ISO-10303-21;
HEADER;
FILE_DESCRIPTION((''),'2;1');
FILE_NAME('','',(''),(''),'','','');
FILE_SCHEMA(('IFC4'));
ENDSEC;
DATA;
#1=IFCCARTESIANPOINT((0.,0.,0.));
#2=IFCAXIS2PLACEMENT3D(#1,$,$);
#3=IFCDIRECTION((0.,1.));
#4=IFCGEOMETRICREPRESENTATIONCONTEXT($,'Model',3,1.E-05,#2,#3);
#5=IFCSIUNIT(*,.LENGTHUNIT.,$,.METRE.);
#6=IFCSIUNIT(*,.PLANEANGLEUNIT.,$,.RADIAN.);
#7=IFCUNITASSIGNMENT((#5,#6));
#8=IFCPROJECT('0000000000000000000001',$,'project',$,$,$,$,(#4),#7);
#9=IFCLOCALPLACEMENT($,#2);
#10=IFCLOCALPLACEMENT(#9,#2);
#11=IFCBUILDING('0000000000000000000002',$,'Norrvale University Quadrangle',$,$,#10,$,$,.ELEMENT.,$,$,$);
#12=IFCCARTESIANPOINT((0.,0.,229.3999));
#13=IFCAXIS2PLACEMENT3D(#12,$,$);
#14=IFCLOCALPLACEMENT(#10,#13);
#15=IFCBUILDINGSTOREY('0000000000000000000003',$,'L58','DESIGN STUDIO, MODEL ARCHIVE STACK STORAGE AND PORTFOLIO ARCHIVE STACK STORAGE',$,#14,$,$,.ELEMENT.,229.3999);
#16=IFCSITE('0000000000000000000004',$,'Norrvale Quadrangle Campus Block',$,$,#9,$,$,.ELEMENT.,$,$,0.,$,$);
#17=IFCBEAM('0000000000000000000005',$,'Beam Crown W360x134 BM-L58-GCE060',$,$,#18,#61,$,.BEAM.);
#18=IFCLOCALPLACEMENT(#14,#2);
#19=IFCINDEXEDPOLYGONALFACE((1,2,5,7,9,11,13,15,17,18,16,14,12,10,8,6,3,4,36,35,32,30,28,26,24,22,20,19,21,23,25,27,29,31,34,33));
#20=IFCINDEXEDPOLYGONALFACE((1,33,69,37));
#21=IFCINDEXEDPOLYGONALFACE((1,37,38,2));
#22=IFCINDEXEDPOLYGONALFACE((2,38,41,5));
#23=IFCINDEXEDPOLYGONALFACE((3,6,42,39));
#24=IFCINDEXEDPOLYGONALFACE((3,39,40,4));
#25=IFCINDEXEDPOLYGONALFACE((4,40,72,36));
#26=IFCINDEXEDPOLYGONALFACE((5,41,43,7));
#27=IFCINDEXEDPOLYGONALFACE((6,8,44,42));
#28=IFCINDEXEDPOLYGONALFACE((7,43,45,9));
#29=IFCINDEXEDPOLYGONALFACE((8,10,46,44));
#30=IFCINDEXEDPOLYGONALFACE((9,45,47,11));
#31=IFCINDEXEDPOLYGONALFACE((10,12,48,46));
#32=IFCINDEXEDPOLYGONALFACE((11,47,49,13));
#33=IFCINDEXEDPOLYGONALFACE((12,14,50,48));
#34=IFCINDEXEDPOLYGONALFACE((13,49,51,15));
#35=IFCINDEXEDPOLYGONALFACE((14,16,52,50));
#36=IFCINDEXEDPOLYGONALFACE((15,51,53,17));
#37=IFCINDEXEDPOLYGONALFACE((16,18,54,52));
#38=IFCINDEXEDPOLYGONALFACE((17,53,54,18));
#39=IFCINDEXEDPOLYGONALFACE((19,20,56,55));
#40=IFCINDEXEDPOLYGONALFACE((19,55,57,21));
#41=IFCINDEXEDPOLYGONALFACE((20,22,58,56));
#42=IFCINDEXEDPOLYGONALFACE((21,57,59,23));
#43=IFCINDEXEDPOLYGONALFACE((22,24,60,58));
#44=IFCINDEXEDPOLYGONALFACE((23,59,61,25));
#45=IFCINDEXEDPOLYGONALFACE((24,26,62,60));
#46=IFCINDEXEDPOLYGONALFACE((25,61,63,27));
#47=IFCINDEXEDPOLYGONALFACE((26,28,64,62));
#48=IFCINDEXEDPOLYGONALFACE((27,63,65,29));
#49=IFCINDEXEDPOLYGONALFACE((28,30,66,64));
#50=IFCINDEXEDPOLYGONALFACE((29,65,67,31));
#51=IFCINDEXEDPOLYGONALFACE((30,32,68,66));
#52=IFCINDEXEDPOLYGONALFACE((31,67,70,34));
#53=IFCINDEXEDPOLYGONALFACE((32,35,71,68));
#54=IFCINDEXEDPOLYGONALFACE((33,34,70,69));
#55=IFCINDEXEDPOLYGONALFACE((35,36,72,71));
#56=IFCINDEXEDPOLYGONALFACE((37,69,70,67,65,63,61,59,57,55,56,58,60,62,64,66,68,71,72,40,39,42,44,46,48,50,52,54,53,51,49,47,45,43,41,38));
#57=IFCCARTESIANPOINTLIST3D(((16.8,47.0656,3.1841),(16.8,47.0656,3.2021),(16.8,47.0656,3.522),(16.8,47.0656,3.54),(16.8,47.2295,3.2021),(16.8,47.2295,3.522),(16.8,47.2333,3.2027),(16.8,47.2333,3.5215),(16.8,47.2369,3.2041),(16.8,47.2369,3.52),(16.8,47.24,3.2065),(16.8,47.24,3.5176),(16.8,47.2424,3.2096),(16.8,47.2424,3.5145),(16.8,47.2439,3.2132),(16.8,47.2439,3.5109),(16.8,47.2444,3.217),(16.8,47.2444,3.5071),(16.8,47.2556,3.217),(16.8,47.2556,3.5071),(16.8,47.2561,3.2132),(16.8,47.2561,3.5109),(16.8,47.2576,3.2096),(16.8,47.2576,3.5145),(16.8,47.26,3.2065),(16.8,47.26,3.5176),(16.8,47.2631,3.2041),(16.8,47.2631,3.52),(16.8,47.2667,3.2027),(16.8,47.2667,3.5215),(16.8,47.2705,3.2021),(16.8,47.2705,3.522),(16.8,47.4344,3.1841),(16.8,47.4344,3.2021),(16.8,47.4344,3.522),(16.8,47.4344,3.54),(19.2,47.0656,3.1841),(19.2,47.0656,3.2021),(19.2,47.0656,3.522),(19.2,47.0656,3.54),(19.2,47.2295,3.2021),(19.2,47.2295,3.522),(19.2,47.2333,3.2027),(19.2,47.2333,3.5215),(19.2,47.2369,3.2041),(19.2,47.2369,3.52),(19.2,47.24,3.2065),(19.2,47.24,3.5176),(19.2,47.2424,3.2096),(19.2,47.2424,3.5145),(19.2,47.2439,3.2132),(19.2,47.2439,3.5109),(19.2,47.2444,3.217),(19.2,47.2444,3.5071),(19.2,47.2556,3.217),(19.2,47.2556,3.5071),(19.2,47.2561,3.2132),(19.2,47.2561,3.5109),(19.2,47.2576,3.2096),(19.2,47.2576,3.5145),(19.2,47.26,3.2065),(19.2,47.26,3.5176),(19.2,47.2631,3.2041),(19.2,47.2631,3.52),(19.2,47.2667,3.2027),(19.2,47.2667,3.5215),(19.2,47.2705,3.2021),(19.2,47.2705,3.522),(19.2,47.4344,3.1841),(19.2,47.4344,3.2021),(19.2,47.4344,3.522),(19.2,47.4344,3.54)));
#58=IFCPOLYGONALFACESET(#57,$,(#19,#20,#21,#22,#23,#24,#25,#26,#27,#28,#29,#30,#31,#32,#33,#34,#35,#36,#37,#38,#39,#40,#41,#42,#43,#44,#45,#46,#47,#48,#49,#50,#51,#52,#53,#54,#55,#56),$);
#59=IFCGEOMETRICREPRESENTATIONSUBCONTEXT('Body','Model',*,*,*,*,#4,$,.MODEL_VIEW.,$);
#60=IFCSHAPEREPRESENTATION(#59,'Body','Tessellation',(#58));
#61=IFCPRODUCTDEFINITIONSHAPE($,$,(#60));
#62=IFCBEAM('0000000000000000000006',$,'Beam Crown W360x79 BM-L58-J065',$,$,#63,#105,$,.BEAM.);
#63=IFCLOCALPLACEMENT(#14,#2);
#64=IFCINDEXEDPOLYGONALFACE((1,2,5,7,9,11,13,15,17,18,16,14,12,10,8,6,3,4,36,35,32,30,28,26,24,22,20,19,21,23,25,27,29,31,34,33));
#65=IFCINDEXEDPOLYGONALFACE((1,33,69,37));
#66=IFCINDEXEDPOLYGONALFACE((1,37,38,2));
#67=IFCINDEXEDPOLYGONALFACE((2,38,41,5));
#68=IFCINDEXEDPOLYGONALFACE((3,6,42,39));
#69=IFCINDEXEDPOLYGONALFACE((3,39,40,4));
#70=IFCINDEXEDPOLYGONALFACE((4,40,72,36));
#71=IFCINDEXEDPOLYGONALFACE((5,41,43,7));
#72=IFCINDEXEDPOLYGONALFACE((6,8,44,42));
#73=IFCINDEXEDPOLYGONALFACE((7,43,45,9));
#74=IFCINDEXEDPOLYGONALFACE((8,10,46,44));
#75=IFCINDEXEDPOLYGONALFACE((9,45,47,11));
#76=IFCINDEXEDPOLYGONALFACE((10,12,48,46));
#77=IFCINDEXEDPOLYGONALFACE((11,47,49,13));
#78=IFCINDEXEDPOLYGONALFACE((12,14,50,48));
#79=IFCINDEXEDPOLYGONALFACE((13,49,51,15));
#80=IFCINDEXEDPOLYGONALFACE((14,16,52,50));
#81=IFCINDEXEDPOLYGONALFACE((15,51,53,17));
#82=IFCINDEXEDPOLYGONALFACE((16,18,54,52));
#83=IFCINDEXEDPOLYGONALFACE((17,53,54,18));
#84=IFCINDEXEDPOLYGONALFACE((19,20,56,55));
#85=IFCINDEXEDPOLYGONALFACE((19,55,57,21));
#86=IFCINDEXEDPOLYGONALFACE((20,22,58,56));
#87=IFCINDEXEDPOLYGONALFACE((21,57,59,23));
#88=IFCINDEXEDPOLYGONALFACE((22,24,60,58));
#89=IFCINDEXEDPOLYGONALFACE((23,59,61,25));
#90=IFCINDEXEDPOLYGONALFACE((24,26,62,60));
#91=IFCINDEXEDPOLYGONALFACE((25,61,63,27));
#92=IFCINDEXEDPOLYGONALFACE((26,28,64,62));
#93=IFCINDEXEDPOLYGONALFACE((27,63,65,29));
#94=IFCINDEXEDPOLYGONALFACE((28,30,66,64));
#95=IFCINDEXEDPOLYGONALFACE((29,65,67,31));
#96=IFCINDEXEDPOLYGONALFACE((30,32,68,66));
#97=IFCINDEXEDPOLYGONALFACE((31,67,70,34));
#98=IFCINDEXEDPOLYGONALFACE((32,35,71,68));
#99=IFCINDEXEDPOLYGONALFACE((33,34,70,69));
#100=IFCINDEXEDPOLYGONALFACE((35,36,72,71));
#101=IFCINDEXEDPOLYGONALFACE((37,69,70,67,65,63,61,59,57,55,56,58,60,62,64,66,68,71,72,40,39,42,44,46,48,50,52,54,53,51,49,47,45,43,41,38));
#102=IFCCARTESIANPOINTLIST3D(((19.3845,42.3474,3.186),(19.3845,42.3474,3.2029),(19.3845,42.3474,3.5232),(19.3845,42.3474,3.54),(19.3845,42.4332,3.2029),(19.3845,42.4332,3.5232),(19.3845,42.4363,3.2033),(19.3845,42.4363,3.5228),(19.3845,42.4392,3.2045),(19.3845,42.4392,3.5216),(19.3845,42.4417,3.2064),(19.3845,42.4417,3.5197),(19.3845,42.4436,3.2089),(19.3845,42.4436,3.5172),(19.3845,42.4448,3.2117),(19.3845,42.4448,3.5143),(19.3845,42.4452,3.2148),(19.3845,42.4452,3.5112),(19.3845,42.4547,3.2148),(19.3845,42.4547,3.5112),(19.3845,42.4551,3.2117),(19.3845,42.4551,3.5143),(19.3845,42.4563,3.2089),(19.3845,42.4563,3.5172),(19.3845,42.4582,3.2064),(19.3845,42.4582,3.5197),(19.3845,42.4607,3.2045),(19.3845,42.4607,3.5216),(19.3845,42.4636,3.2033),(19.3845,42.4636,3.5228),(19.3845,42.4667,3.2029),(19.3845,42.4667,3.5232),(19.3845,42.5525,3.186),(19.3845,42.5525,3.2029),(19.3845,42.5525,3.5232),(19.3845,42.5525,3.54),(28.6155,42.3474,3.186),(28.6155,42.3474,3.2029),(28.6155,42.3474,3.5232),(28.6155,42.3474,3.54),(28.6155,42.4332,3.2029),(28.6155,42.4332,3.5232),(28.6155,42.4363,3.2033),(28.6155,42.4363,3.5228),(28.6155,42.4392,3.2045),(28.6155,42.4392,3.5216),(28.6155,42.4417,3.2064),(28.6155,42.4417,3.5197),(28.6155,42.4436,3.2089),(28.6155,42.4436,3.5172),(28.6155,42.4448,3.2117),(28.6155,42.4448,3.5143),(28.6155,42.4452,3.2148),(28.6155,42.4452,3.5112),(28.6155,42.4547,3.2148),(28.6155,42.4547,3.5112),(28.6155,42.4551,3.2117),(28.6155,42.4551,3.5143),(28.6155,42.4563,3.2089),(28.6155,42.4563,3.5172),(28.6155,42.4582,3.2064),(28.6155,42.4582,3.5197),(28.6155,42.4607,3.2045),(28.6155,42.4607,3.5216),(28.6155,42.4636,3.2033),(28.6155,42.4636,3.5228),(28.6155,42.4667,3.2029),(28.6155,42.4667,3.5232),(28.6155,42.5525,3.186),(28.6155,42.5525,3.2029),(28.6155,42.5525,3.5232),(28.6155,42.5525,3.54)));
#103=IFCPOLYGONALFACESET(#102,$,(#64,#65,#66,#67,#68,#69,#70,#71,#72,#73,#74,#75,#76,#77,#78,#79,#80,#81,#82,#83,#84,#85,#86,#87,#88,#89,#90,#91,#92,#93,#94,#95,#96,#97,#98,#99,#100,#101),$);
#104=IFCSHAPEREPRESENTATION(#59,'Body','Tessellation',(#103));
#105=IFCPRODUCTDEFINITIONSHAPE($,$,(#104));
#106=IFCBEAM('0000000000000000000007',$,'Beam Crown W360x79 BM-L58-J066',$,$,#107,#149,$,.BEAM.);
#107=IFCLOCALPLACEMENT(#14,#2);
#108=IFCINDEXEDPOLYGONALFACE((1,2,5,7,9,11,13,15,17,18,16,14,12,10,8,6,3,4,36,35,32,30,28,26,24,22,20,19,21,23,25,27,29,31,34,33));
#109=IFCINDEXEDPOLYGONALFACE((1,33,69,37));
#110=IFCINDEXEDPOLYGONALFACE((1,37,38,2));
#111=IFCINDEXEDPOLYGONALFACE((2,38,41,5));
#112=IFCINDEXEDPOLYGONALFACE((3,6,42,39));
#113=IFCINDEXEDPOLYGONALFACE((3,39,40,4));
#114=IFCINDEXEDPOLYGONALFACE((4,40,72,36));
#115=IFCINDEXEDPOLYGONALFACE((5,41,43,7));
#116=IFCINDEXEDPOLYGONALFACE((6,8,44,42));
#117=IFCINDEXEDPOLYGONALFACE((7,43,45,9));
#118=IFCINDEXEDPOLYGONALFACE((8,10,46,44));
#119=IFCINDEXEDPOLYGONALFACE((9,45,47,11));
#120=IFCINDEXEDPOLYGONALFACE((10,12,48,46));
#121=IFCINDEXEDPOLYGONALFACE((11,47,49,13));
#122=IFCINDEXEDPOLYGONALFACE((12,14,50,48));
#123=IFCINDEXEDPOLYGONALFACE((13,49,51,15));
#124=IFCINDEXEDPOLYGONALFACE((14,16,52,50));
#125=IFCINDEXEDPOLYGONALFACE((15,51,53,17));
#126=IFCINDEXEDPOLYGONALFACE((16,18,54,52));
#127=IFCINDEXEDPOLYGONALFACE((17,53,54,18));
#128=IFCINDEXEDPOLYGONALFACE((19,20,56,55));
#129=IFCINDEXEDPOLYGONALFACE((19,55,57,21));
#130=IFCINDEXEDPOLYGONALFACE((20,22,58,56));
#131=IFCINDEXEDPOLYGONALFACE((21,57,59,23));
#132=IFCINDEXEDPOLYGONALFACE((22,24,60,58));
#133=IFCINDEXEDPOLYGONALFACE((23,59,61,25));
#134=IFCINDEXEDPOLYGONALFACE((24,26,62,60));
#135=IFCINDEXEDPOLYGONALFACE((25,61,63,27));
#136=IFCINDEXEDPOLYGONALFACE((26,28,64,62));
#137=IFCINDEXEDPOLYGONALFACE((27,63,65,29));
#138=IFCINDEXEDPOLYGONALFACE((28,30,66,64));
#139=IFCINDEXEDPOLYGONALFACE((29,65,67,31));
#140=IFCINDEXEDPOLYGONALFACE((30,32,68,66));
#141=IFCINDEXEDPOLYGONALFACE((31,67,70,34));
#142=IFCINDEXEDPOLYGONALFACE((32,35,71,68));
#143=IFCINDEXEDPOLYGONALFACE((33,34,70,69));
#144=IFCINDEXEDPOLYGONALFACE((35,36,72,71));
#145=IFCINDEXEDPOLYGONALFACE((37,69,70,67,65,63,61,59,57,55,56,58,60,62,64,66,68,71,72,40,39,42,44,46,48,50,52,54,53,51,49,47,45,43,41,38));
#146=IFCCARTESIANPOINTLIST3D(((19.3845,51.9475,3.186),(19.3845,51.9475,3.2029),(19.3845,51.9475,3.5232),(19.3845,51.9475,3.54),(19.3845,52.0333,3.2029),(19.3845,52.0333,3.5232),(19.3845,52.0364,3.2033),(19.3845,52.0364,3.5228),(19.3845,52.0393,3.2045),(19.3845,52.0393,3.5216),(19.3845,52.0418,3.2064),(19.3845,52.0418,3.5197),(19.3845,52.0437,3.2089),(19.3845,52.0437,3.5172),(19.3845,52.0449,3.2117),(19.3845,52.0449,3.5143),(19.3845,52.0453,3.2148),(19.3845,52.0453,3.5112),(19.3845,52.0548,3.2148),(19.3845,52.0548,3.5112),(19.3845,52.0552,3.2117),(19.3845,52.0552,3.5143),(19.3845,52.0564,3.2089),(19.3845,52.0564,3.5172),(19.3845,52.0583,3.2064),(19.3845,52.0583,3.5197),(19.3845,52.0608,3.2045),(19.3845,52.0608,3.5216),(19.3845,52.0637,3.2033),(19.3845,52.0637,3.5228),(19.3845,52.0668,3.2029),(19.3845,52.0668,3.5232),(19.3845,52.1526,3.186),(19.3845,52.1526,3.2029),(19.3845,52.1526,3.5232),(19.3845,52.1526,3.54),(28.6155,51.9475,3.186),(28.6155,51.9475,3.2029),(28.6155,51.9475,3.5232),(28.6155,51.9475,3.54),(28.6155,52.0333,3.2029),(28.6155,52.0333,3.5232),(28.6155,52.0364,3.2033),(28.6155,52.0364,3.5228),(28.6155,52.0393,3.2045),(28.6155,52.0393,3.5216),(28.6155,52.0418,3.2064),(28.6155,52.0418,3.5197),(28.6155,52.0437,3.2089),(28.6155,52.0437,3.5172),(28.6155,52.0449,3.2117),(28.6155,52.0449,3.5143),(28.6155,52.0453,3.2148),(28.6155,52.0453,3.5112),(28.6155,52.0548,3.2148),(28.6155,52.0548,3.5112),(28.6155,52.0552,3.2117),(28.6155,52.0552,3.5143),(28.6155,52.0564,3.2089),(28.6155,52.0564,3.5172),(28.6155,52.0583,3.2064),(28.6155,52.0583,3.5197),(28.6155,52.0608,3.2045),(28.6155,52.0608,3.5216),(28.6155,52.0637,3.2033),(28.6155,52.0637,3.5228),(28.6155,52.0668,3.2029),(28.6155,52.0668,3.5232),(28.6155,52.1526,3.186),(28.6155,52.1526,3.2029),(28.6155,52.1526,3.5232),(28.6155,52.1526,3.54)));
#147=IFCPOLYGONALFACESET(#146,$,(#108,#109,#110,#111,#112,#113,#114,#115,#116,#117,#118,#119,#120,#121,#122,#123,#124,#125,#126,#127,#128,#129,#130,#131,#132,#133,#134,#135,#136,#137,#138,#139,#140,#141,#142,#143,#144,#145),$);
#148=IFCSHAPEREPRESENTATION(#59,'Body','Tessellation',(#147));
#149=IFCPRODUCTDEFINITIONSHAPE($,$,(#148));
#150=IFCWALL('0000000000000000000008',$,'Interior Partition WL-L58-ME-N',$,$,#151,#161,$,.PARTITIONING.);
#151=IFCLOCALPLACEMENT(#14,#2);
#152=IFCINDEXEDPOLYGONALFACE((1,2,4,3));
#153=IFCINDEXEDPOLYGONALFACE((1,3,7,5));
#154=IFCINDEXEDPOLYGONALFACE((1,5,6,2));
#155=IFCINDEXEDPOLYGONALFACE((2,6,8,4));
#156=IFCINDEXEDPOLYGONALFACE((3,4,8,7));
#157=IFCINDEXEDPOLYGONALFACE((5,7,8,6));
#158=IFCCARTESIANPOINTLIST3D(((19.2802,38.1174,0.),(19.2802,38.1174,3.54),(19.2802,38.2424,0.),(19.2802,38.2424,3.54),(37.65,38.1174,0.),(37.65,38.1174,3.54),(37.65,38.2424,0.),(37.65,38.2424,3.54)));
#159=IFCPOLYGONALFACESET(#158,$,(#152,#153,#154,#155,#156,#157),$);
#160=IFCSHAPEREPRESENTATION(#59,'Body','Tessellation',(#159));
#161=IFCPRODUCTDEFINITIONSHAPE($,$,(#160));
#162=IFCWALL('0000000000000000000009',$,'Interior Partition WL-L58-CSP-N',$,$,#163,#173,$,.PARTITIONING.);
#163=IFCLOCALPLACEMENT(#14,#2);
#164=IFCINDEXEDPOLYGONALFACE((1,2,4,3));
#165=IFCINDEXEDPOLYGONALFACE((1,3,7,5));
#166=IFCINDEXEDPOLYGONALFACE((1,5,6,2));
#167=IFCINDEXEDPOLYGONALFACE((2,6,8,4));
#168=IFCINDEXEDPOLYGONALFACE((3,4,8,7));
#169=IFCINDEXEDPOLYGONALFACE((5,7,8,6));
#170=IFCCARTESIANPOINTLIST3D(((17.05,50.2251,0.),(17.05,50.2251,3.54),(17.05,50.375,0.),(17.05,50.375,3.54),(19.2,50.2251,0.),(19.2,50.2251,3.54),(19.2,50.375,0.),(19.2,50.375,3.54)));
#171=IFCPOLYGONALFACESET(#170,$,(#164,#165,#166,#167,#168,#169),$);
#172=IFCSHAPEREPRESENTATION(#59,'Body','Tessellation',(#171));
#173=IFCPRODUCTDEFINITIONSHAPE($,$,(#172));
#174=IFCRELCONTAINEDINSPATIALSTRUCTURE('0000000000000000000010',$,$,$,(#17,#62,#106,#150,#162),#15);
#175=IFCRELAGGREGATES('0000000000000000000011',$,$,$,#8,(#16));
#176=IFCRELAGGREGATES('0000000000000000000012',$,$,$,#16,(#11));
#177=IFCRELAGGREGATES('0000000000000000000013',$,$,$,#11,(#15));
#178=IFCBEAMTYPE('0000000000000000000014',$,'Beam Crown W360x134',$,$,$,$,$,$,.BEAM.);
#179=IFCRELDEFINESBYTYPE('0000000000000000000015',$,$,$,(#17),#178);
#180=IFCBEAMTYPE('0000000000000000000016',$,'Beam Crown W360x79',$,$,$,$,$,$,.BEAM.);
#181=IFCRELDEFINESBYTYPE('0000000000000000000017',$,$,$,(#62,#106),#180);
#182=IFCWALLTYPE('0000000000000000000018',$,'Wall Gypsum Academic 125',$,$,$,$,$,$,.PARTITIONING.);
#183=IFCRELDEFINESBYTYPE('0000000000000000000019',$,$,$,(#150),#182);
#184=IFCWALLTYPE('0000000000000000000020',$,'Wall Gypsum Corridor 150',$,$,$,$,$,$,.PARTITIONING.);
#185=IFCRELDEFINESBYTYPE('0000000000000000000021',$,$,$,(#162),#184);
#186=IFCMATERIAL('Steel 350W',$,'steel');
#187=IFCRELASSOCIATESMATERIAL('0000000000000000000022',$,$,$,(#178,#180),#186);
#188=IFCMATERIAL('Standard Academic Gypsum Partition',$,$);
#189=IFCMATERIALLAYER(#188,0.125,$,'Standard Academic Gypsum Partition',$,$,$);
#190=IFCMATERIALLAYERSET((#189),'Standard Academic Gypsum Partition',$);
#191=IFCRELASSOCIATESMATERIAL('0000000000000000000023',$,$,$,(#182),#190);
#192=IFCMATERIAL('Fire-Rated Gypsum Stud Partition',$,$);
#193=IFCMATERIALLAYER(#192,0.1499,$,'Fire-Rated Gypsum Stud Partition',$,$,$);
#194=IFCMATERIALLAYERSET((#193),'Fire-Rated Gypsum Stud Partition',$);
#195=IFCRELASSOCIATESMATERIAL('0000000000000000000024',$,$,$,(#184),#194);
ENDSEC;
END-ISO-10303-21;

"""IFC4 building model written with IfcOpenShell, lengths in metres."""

from ifc_helpers import new_model, si_unit, direction, frame, frame_2d, origin, origin_2d, place, context, subcontext, project, spatial, rectangle, i_section, extrude, material, layer, layer_set, material_profile, profile_set, type_object, element, save


model = new_model("IFC4")

# Units and contexts
model_context = context("Model", 3, precision=1e-05, world=origin(), true_north=direction((0.0, 1.0)))
body_context = subcontext(model_context, "Body", "Model", "MODEL_VIEW")
ifc_project = project(units=[si_unit("LENGTHUNIT", "METRE"), si_unit("PLANEANGLEUNIT", "RADIAN")], contexts=[model_context])

# Site, building, storey
site_placement = place(None, origin())
site = spatial("IfcSite", under=ifc_project, at=site_placement, Name="Norrvale Quadrangle Campus Block", CompositionType="ELEMENT", RefElevation=0.0)
building_placement = place(site_placement, origin())
building = spatial("IfcBuilding", under=site, at=building_placement, Name="Norrvale University Quadrangle", CompositionType="ELEMENT")
storey_placement = place(building_placement, frame((0.0, 0.0, 229.3999)))
storey = spatial("IfcBuildingStorey", under=building, at=storey_placement, Name="L58", Description="DESIGN STUDIO, MODEL ARCHIVE STACK STORAGE AND PORTFOLIO ARCHIVE STACK STORAGE", CompositionType="ELEMENT", Elevation=229.3999)

# Beams
ifc_material_1 = material(Name="Steel 350W", Category="steel")
ifc_material_profile_1 = material_profile(ifc_material_1, i_section(OverallWidth=0.3689, OverallDepth=0.356, WebThickness=0.0112, FlangeThickness=0.0181, FilletRadius=0.0149, at=origin_2d()), Name="Steel 350W")
ifc_profile_set_1 = profile_set([ifc_material_profile_1], Name="Steel 350W")
beam_type_1 = type_object("IfcBeamType", Name="Beam Crown W360x134", PredefinedType="BEAM", material=ifc_profile_set_1)
beam_1_placement = place(storey_placement, frame((16.8, 47.25, 3.3621), z_axis=(1.0, 0.0, 0.0), x_axis=(0.0, 1.0, 0.0)))
element("IfcBeam", 1, at=beam_1_placement, inside=storey, type_object=beam_type_1, Name="Beam Crown W360x134 BM-L58-GCE060", PredefinedType="BEAM", context=body_context, shape_type="SweptSolid", body=[
    extrude(i_section(OverallWidth=0.3689, OverallDepth=0.356, WebThickness=0.0112, FlangeThickness=0.0181, FilletRadius=0.0149, at=origin_2d()), origin(), (0.0, 0.0, 1.0), 2.3999),
])
ifc_material_profile_2 = material_profile(ifc_material_1, i_section(OverallWidth=0.2051, OverallDepth=0.354, WebThickness=0.0095, FlangeThickness=0.0168, FilletRadius=0.012, at=origin_2d()), Name="Steel 350W")
ifc_profile_set_2 = profile_set([ifc_material_profile_2], Name="Steel 350W")
beam_type_2 = type_object("IfcBeamType", Name="Beam Crown W360x79", PredefinedType="BEAM", material=ifc_profile_set_2)
for number, where, z_axis, x_axis, name in (
    (2, (19.3845, 42.45, 3.363), (1.0, 0.0, 0.0), (0.0, 1.0, 0.0), "Beam Crown W360x79 BM-L58-J065"),
    (3, (19.3845, 52.05, 3.363), (1.0, 0.0, 0.0), (0.0, 1.0, 0.0), "Beam Crown W360x79 BM-L58-J066"),
):
    element("IfcBeam", number, at=place(storey_placement, frame(where, z_axis=z_axis, x_axis=x_axis)), inside=storey, type_object=beam_type_2, Name=name, PredefinedType="BEAM", context=body_context, shape_type="SweptSolid", body=[
        extrude(i_section(OverallWidth=0.2051, OverallDepth=0.354, WebThickness=0.0095, FlangeThickness=0.0168, FilletRadius=0.012, at=origin_2d()), origin(), (0.0, 0.0, 1.0), 9.231),
    ])

# Walls
ifc_material_2 = material(Name="Standard Academic Gypsum Partition")
ifc_layer_1 = layer(ifc_material_2, 0.125, Name="Standard Academic Gypsum Partition")
ifc_layer_set_1 = layer_set([ifc_layer_1], Name="Standard Academic Gypsum Partition")
wall_type_1 = type_object("IfcWallType", Name="Wall Gypsum Academic 125", PredefinedType="PARTITIONING", material=ifc_layer_set_1)
wall_1_placement = place(storey_placement, frame((19.28, 38.1799, 0.0), z_axis=(0.0, 0.0, 1.0), x_axis=(1.0, 0.0, 0.0)))
element("IfcWall", 4, at=wall_1_placement, inside=storey, type_object=wall_type_1, Name="Interior Partition WL-L58-ME-N", PredefinedType="PARTITIONING", context=body_context, shape_type="SweptSolid", body=[
    extrude(rectangle(XDim=18.3699, YDim=0.125, at=frame_2d((9.1851, 0.0))), origin(), (0.0, 0.0, 1.0), 3.54),
])
ifc_material_3 = material(Name="Fire-Rated Gypsum Stud Partition")
ifc_layer_2 = layer(ifc_material_3, 0.1499, Name="Fire-Rated Gypsum Stud Partition")
ifc_layer_set_2 = layer_set([ifc_layer_2], Name="Fire-Rated Gypsum Stud Partition")
wall_type_2 = type_object("IfcWallType", Name="Wall Gypsum Corridor 150", PredefinedType="PARTITIONING", material=ifc_layer_set_2)
wall_2_placement = place(storey_placement, frame((17.05, 50.3, 0.0), z_axis=(0.0, 0.0, 1.0), x_axis=(1.0, 0.0, 0.0)))
element("IfcWall", 5, at=wall_2_placement, inside=storey, type_object=wall_type_2, Name="Interior Partition WL-L58-CSP-N", PredefinedType="PARTITIONING", context=body_context, shape_type="SweptSolid", body=[
    extrude(rectangle(XDim=2.1499, YDim=0.1499, at=frame_2d((1.075, 0.0))), origin(), (0.0, 0.0, 1.0), 3.54),
])

save(model, "model.ifc")
